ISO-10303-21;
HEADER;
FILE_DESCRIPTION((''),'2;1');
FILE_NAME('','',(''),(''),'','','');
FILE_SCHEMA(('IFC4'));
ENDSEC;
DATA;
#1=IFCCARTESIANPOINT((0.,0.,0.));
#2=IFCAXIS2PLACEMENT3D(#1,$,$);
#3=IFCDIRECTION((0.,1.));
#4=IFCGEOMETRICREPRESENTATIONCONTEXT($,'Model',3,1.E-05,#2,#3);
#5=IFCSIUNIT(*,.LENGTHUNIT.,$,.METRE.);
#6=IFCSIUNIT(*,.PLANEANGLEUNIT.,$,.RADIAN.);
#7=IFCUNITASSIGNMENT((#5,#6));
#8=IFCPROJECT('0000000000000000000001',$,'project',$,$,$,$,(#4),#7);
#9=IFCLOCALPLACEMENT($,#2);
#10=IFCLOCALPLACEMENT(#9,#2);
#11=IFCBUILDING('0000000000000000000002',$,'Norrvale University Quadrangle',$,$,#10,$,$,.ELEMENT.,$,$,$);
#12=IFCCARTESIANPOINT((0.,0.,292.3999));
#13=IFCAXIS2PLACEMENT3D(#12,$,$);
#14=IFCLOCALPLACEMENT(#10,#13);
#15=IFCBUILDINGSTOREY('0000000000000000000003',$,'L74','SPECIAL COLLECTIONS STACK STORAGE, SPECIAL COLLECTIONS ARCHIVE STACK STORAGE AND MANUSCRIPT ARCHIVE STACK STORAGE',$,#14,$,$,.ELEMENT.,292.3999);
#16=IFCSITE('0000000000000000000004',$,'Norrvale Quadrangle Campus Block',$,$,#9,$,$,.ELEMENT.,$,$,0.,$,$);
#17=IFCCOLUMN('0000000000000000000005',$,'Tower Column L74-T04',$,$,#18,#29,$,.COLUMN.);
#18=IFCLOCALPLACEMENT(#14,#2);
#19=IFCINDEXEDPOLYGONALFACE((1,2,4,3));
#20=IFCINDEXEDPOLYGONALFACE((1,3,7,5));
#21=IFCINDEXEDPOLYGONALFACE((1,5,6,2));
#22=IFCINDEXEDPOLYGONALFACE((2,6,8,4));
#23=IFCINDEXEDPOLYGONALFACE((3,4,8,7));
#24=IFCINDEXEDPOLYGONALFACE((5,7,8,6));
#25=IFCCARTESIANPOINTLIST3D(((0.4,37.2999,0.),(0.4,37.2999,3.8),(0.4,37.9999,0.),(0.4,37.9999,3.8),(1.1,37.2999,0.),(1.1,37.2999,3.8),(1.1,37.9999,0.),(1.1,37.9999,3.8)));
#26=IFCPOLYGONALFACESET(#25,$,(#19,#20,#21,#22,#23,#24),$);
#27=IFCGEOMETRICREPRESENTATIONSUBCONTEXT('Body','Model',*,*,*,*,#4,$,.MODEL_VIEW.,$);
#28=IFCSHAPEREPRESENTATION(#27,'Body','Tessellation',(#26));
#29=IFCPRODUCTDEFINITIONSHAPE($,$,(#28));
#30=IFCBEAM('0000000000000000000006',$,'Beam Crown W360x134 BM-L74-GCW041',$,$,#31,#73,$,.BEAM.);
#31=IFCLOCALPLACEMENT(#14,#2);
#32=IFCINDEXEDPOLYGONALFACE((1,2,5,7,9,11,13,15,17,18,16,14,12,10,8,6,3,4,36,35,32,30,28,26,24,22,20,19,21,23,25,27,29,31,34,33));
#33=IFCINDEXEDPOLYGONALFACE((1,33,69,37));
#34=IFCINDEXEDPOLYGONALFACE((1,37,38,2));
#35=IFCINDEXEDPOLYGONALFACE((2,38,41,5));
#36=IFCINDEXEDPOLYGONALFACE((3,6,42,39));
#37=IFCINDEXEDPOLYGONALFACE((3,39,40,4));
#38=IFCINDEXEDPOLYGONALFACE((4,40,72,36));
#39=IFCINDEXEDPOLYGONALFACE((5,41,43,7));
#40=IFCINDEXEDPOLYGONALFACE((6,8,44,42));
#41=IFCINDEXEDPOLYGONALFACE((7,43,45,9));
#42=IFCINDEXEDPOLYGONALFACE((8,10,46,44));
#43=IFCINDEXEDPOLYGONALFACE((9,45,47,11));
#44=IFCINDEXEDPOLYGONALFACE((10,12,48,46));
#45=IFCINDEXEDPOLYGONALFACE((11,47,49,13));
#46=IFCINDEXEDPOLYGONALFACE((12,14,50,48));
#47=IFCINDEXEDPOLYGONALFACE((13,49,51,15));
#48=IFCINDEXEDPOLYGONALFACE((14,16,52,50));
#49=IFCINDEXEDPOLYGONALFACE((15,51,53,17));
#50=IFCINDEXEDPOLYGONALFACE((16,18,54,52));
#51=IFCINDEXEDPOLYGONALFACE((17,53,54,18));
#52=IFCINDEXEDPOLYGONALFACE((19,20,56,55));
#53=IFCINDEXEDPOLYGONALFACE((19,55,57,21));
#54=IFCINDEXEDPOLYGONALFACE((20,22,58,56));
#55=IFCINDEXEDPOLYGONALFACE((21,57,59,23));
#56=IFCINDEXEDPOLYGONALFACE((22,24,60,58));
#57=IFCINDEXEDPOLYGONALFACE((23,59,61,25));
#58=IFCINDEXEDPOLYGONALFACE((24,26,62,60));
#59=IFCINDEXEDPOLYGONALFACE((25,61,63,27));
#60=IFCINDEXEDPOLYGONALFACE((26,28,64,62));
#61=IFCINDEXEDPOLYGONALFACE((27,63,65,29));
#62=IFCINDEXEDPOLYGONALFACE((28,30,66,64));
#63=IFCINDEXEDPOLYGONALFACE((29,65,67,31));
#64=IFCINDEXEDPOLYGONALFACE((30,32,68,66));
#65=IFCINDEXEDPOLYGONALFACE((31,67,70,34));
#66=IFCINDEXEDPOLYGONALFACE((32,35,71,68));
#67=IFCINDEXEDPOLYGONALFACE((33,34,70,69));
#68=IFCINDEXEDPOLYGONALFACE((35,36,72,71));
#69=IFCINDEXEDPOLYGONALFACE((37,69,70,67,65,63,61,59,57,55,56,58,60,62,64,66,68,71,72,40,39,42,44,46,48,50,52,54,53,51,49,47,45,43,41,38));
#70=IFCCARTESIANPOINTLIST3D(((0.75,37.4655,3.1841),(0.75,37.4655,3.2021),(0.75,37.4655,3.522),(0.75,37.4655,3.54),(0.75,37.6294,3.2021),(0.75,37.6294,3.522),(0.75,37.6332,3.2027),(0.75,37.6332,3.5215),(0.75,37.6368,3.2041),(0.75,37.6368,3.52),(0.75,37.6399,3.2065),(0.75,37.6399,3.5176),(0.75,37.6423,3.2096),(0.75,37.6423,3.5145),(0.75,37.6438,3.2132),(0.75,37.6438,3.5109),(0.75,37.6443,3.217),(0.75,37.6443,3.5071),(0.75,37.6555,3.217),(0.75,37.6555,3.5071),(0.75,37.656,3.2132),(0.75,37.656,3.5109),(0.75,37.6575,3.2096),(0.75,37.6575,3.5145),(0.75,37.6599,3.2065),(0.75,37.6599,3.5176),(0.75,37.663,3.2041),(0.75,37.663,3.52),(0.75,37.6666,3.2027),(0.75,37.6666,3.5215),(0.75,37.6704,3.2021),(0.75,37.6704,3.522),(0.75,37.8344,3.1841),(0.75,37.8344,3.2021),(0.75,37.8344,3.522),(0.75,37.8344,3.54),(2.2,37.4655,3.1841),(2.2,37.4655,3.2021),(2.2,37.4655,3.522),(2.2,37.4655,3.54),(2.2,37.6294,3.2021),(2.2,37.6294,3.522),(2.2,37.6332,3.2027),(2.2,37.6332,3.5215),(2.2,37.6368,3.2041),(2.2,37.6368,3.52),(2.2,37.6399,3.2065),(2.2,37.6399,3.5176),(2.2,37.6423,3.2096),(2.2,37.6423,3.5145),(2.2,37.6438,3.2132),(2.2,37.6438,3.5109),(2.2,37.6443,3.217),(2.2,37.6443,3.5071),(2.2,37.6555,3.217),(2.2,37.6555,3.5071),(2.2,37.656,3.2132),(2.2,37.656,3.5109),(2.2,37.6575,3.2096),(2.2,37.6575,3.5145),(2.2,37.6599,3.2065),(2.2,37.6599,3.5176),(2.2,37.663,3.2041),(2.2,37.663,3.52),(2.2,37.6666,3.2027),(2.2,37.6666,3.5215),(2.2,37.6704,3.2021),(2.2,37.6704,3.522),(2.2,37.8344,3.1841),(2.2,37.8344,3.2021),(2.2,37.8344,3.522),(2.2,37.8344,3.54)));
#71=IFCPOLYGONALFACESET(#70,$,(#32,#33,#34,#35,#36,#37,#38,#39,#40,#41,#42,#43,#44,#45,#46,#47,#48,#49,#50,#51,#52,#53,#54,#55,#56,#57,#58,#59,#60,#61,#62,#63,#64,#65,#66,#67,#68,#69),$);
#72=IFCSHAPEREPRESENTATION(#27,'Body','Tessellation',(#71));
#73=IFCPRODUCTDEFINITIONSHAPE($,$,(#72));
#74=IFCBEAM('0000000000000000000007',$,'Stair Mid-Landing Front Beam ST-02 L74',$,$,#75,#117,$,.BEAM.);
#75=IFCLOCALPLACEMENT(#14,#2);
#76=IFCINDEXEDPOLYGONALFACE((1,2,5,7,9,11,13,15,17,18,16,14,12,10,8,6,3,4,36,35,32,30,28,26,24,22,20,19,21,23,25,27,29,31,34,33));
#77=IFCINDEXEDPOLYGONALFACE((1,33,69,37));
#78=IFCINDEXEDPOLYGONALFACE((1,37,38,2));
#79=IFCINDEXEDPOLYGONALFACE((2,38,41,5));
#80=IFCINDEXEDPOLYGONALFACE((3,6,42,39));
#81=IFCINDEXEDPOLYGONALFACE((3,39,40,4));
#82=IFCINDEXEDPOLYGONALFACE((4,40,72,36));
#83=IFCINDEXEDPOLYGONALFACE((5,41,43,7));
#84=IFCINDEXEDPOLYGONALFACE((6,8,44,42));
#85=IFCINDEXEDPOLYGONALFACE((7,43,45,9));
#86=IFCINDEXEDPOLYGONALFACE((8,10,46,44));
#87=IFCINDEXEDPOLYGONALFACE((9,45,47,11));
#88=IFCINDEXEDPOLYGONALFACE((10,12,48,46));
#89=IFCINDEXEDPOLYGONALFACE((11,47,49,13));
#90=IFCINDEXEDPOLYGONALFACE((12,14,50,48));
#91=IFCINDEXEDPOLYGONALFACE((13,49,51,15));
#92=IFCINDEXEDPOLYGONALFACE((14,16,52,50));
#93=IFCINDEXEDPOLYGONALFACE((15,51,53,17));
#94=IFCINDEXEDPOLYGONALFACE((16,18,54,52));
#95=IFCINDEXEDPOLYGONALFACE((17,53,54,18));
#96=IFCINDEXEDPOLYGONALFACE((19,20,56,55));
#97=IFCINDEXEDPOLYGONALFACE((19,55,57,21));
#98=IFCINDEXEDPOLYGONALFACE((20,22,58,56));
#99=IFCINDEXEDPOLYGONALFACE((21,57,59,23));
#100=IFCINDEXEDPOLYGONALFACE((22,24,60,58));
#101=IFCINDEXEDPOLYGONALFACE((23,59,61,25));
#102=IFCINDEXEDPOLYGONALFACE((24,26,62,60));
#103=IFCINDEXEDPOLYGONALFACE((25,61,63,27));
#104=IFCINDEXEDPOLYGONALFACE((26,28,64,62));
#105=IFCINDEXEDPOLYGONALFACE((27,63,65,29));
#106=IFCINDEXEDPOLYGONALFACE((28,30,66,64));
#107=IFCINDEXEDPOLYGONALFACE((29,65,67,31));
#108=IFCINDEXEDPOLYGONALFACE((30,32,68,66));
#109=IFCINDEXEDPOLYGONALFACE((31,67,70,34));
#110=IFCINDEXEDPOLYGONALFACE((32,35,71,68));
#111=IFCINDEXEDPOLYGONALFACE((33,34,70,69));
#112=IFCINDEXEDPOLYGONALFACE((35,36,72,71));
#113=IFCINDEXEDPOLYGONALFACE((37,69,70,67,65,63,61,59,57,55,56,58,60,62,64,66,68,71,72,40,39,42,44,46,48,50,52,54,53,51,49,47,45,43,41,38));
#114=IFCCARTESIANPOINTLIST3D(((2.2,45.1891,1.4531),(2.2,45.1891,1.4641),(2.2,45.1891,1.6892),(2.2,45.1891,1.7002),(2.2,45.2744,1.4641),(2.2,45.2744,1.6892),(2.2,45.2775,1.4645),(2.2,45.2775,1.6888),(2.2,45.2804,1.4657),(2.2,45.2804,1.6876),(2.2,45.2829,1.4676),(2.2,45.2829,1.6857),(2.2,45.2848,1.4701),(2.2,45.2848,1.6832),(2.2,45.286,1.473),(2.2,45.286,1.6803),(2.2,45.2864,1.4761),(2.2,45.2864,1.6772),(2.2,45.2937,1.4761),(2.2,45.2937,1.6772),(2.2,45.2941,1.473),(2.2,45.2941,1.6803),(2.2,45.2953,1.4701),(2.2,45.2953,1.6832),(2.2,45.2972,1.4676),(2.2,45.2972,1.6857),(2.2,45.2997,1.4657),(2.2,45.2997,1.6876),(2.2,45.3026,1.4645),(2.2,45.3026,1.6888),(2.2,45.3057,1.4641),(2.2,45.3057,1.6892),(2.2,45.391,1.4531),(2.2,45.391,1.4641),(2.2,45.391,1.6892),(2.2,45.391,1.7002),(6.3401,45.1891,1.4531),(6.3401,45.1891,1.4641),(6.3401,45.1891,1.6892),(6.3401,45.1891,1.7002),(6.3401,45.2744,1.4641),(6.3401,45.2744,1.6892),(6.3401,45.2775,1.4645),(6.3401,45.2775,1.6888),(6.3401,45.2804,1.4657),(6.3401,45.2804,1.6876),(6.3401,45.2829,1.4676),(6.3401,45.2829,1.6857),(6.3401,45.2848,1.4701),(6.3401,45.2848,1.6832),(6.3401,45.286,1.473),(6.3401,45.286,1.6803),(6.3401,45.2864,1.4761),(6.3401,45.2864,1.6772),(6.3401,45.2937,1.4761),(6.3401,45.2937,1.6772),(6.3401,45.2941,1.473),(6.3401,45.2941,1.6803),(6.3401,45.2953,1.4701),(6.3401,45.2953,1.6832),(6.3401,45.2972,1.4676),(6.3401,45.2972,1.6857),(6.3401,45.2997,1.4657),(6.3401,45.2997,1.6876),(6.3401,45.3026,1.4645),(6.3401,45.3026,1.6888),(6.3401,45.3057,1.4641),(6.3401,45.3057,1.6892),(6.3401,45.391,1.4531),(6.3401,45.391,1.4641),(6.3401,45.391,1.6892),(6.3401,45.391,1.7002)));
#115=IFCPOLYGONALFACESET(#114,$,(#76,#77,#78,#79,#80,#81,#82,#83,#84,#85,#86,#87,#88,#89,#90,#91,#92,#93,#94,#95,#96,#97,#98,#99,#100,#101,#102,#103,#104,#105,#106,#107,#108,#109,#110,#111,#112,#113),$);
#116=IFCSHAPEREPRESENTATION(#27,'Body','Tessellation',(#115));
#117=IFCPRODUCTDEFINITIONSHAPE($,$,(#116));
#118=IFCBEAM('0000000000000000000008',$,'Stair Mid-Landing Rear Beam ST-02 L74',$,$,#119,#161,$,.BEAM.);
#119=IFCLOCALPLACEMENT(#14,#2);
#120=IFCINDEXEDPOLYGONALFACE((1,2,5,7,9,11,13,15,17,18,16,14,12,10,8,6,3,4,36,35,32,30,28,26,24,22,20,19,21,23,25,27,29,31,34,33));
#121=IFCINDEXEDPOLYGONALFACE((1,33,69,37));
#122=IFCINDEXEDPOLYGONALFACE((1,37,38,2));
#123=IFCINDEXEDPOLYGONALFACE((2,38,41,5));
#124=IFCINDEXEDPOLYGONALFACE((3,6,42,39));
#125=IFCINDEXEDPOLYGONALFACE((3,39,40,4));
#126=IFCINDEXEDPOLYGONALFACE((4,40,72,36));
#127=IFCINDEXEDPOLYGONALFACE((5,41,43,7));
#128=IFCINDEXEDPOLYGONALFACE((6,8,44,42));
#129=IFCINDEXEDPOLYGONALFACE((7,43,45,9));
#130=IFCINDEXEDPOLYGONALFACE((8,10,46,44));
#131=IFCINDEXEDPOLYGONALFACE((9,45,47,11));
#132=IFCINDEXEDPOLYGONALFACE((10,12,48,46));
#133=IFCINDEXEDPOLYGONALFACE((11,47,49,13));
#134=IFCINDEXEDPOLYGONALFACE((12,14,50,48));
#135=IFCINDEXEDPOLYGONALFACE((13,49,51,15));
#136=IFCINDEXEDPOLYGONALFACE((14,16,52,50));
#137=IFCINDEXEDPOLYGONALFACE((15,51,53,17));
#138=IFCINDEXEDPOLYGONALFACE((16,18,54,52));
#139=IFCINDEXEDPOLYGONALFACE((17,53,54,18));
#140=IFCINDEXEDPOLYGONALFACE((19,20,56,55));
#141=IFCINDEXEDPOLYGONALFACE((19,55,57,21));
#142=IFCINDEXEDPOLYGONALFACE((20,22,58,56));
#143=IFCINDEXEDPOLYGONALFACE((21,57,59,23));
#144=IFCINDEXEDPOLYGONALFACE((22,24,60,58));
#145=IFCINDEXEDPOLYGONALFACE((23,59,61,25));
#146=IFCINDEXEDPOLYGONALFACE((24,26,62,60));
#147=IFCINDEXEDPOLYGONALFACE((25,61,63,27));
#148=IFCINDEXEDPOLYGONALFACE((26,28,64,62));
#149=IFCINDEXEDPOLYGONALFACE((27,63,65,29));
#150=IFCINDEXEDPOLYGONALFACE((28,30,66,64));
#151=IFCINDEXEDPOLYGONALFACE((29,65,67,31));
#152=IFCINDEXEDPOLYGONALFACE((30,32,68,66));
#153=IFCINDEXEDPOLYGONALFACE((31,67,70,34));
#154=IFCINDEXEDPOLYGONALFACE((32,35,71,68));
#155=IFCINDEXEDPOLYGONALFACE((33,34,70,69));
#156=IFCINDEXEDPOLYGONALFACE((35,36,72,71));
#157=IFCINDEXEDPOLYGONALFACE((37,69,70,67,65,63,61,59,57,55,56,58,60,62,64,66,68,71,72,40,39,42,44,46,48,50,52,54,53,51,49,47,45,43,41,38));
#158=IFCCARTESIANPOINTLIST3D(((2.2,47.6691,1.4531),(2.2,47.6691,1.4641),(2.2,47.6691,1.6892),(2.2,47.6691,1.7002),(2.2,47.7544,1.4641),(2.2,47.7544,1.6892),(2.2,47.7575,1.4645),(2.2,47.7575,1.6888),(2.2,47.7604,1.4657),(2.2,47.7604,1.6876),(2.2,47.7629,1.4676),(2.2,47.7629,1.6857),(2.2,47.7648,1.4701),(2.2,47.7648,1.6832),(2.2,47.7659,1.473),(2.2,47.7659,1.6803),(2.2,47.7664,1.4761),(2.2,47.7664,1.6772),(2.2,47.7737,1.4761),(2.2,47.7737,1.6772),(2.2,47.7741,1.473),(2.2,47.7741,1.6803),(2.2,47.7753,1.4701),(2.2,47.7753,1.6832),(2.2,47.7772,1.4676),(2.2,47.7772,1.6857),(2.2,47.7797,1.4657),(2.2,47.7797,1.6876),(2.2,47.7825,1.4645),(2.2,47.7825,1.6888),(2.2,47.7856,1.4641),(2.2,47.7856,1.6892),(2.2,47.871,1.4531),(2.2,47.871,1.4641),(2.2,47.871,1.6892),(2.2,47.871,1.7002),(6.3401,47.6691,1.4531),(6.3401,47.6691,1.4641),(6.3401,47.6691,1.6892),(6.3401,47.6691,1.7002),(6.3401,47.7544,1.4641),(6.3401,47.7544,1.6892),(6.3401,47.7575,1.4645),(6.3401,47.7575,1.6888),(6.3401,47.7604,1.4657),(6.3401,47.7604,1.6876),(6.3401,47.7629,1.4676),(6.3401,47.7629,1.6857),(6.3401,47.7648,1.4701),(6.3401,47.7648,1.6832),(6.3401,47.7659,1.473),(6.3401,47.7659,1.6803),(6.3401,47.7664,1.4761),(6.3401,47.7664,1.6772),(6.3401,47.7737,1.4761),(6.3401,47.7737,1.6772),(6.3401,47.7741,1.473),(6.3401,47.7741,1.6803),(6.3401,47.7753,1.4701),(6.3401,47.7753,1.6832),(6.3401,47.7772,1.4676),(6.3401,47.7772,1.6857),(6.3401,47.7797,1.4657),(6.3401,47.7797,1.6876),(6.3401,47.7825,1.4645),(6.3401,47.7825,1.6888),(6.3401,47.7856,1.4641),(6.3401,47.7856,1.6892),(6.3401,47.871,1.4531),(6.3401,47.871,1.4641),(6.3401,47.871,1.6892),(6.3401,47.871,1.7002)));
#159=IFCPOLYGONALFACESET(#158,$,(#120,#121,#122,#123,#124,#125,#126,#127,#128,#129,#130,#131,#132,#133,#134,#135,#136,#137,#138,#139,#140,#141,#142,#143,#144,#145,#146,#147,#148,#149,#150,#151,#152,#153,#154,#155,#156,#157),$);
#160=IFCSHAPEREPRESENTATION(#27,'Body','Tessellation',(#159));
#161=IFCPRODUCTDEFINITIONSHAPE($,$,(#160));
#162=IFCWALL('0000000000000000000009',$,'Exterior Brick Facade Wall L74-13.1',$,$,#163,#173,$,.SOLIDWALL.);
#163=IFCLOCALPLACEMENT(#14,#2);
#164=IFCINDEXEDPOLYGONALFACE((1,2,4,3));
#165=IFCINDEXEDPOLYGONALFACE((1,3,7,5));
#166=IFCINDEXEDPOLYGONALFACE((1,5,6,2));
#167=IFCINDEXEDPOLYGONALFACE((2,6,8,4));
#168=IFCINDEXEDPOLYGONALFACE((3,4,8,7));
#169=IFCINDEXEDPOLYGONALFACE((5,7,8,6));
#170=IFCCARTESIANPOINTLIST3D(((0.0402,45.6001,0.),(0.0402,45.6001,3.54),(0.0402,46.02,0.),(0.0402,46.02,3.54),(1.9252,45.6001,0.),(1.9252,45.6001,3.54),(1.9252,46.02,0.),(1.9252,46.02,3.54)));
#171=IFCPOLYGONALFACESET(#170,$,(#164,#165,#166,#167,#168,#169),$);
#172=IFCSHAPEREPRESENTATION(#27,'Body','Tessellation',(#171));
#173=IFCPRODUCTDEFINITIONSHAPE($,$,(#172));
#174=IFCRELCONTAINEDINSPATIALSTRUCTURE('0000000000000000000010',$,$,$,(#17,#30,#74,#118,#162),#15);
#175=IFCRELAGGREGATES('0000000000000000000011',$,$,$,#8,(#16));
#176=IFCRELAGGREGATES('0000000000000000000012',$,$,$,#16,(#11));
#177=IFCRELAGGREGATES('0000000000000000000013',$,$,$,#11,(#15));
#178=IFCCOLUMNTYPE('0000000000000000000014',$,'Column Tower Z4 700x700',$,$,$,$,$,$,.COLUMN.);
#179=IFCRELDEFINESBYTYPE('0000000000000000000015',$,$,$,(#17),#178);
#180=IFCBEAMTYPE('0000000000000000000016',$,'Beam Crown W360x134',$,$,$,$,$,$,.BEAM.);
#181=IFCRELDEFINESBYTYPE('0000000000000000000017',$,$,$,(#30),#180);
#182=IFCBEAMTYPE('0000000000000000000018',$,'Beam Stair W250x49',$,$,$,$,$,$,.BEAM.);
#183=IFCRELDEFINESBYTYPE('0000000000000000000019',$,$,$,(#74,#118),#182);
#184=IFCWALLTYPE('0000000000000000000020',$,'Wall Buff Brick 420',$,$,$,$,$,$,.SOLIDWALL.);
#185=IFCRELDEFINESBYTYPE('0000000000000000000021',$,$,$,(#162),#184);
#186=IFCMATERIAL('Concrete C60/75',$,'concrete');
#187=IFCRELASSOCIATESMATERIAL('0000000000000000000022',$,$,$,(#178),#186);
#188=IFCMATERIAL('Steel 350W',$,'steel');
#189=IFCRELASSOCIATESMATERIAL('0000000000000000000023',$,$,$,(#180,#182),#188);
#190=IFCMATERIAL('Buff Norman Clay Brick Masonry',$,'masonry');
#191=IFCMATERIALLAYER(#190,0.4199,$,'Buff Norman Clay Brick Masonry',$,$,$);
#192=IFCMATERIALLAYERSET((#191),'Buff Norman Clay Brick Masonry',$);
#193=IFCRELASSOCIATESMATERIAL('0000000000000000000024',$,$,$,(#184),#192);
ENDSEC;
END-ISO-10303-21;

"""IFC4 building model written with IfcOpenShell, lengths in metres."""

from ifc_helpers import new_model, si_unit, direction, frame, frame_2d, origin, origin_2d, place, context, subcontext, project, spatial, rectangle, i_section, extrude, material, layer, layer_set, material_profile, profile_set, type_object, element, save


model = new_model("IFC4")

# Units and contexts
model_context = context("Model", 3, precision=1e-05, world=origin(), true_north=direction((0.0, 1.0)))
body_context = subcontext(model_context, "Body", "Model", "MODEL_VIEW")
ifc_project = project(units=[si_unit("LENGTHUNIT", "METRE"), si_unit("PLANEANGLEUNIT", "RADIAN")], contexts=[model_context])

# Site, building, storey
site_placement = place(None, origin())
site = spatial("IfcSite", under=ifc_project, at=site_placement, Name="Norrvale Quadrangle Campus Block", CompositionType="ELEMENT", RefElevation=0.0)
building_placement = place(site_placement, origin())
building = spatial("IfcBuilding", under=site, at=building_placement, Name="Norrvale University Quadrangle", CompositionType="ELEMENT")
storey_placement = place(building_placement, frame((0.0, 0.0, 292.3999)))
storey = spatial("IfcBuildingStorey", under=building, at=storey_placement, Name="L74", Description="SPECIAL COLLECTIONS STACK STORAGE, SPECIAL COLLECTIONS ARCHIVE STACK STORAGE AND MANUSCRIPT ARCHIVE STACK STORAGE", CompositionType="ELEMENT", Elevation=292.3999)

# Column
ifc_material_1 = material(Name="Concrete C60/75", Category="concrete")
ifc_material_profile_1 = material_profile(ifc_material_1, rectangle(XDim=0.7, YDim=0.7, at=origin_2d()), Name="Concrete C60/75")
ifc_profile_set_1 = profile_set([ifc_material_profile_1], Name="Concrete C60/75")
column_type = type_object("IfcColumnType", Name="Column Tower Z4 700x700", PredefinedType="COLUMN", material=ifc_profile_set_1)
column_placement = place(storey_placement, frame((0.75, 37.6499, 0.0), z_axis=(0.0, 0.0, 1.0), x_axis=(1.0, 0.0, 0.0)))
element("IfcColumn", 1, at=column_placement, inside=storey, type_object=column_type, Name="Tower Column L74-T04", PredefinedType="COLUMN", context=body_context, shape_type="SweptSolid", body=[
    extrude(rectangle(XDim=0.7, YDim=0.7, at=origin_2d()), origin(), (0.0, 0.0, 1.0), 3.8),
])

# Beams
ifc_material_2 = material(Name="Steel 350W", Category="steel")
ifc_material_profile_2 = material_profile(ifc_material_2, i_section(OverallWidth=0.3689, OverallDepth=0.356, WebThickness=0.0112, FlangeThickness=0.0181, FilletRadius=0.0149, at=origin_2d()), Name="Steel 350W")
ifc_profile_set_2 = profile_set([ifc_material_profile_2], Name="Steel 350W")
beam_type_1 = type_object("IfcBeamType", Name="Beam Crown W360x134", PredefinedType="BEAM", material=ifc_profile_set_2)
beam_placement = place(storey_placement, frame((0.75, 37.6499, 3.3621), z_axis=(1.0, 0.0, 0.0), x_axis=(0.0, 1.0, 0.0)))
element("IfcBeam", 2, at=beam_placement, inside=storey, type_object=beam_type_1, Name="Beam Crown W360x134 BM-L74-GCW041", PredefinedType="BEAM", context=body_context, shape_type="SweptSolid", body=[
    extrude(i_section(OverallWidth=0.3689, OverallDepth=0.356, WebThickness=0.0112, FlangeThickness=0.0181, FilletRadius=0.0149, at=origin_2d()), origin(), (0.0, 0.0, 1.0), 1.45),
])
ifc_material_profile_3 = material_profile(ifc_material_2, i_section(OverallWidth=0.2019, OverallDepth=0.2471, WebThickness=0.0073, FlangeThickness=0.011, FilletRadius=0.012, at=origin_2d()), Name="Steel 350W")
ifc_profile_set_3 = profile_set([ifc_material_profile_3], Name="Steel 350W")
beam_type_2 = type_object("IfcBeamType", Name="Beam Stair W250x49", PredefinedType="BEAM", material=ifc_profile_set_3)
for number, where, z_axis, x_axis, name in (
    (3, (2.2, 45.29, 1.5767), (1.0, 0.0, 0.0), (0.0, 1.0, 0.0), "Stair Mid-Landing Front Beam ST-02 L74"),
    (4, (2.2, 47.77, 1.5767), (1.0, 0.0, 0.0), (0.0, 1.0, 0.0), "Stair Mid-Landing Rear Beam ST-02 L74"),
):
    element("IfcBeam", number, at=place(storey_placement, frame(where, z_axis=z_axis, x_axis=x_axis)), inside=storey, type_object=beam_type_2, Name=name, PredefinedType="BEAM", context=body_context, shape_type="SweptSolid", body=[
        extrude(i_section(OverallWidth=0.2019, OverallDepth=0.2471, WebThickness=0.0073, FlangeThickness=0.011, FilletRadius=0.012, at=origin_2d()), origin(), (0.0, 0.0, 1.0), 4.1401),
    ])

# Wall
ifc_material_3 = material(Name="Buff Norman Clay Brick Masonry", Category="masonry")
ifc_layer_1 = layer(ifc_material_3, 0.4199, Name="Buff Norman Clay Brick Masonry")
ifc_layer_set_1 = layer_set([ifc_layer_1], Name="Buff Norman Clay Brick Masonry")
wall_type_1 = type_object("IfcWallType", Name="Wall Buff Brick 420", PredefinedType="SOLIDWALL", material=ifc_layer_set_1)
wall_1_placement = place(storey_placement, frame((1.925, 45.8101, 0.0), z_axis=(0.0, 0.0, 1.0), x_axis=(-1.0, 0.0, 0.0)))
element("IfcWall", 5, at=wall_1_placement, inside=storey, type_object=wall_type_1, Name="Exterior Brick Facade Wall L74-13.1", PredefinedType="SOLIDWALL", context=body_context, shape_type="SweptSolid", body=[
    extrude(rectangle(XDim=1.885, YDim=0.4199, at=frame_2d((0.9424, 0.0))), origin(), (0.0, 0.0, 1.0), 3.54),
])

save(model, "model.ifc")
